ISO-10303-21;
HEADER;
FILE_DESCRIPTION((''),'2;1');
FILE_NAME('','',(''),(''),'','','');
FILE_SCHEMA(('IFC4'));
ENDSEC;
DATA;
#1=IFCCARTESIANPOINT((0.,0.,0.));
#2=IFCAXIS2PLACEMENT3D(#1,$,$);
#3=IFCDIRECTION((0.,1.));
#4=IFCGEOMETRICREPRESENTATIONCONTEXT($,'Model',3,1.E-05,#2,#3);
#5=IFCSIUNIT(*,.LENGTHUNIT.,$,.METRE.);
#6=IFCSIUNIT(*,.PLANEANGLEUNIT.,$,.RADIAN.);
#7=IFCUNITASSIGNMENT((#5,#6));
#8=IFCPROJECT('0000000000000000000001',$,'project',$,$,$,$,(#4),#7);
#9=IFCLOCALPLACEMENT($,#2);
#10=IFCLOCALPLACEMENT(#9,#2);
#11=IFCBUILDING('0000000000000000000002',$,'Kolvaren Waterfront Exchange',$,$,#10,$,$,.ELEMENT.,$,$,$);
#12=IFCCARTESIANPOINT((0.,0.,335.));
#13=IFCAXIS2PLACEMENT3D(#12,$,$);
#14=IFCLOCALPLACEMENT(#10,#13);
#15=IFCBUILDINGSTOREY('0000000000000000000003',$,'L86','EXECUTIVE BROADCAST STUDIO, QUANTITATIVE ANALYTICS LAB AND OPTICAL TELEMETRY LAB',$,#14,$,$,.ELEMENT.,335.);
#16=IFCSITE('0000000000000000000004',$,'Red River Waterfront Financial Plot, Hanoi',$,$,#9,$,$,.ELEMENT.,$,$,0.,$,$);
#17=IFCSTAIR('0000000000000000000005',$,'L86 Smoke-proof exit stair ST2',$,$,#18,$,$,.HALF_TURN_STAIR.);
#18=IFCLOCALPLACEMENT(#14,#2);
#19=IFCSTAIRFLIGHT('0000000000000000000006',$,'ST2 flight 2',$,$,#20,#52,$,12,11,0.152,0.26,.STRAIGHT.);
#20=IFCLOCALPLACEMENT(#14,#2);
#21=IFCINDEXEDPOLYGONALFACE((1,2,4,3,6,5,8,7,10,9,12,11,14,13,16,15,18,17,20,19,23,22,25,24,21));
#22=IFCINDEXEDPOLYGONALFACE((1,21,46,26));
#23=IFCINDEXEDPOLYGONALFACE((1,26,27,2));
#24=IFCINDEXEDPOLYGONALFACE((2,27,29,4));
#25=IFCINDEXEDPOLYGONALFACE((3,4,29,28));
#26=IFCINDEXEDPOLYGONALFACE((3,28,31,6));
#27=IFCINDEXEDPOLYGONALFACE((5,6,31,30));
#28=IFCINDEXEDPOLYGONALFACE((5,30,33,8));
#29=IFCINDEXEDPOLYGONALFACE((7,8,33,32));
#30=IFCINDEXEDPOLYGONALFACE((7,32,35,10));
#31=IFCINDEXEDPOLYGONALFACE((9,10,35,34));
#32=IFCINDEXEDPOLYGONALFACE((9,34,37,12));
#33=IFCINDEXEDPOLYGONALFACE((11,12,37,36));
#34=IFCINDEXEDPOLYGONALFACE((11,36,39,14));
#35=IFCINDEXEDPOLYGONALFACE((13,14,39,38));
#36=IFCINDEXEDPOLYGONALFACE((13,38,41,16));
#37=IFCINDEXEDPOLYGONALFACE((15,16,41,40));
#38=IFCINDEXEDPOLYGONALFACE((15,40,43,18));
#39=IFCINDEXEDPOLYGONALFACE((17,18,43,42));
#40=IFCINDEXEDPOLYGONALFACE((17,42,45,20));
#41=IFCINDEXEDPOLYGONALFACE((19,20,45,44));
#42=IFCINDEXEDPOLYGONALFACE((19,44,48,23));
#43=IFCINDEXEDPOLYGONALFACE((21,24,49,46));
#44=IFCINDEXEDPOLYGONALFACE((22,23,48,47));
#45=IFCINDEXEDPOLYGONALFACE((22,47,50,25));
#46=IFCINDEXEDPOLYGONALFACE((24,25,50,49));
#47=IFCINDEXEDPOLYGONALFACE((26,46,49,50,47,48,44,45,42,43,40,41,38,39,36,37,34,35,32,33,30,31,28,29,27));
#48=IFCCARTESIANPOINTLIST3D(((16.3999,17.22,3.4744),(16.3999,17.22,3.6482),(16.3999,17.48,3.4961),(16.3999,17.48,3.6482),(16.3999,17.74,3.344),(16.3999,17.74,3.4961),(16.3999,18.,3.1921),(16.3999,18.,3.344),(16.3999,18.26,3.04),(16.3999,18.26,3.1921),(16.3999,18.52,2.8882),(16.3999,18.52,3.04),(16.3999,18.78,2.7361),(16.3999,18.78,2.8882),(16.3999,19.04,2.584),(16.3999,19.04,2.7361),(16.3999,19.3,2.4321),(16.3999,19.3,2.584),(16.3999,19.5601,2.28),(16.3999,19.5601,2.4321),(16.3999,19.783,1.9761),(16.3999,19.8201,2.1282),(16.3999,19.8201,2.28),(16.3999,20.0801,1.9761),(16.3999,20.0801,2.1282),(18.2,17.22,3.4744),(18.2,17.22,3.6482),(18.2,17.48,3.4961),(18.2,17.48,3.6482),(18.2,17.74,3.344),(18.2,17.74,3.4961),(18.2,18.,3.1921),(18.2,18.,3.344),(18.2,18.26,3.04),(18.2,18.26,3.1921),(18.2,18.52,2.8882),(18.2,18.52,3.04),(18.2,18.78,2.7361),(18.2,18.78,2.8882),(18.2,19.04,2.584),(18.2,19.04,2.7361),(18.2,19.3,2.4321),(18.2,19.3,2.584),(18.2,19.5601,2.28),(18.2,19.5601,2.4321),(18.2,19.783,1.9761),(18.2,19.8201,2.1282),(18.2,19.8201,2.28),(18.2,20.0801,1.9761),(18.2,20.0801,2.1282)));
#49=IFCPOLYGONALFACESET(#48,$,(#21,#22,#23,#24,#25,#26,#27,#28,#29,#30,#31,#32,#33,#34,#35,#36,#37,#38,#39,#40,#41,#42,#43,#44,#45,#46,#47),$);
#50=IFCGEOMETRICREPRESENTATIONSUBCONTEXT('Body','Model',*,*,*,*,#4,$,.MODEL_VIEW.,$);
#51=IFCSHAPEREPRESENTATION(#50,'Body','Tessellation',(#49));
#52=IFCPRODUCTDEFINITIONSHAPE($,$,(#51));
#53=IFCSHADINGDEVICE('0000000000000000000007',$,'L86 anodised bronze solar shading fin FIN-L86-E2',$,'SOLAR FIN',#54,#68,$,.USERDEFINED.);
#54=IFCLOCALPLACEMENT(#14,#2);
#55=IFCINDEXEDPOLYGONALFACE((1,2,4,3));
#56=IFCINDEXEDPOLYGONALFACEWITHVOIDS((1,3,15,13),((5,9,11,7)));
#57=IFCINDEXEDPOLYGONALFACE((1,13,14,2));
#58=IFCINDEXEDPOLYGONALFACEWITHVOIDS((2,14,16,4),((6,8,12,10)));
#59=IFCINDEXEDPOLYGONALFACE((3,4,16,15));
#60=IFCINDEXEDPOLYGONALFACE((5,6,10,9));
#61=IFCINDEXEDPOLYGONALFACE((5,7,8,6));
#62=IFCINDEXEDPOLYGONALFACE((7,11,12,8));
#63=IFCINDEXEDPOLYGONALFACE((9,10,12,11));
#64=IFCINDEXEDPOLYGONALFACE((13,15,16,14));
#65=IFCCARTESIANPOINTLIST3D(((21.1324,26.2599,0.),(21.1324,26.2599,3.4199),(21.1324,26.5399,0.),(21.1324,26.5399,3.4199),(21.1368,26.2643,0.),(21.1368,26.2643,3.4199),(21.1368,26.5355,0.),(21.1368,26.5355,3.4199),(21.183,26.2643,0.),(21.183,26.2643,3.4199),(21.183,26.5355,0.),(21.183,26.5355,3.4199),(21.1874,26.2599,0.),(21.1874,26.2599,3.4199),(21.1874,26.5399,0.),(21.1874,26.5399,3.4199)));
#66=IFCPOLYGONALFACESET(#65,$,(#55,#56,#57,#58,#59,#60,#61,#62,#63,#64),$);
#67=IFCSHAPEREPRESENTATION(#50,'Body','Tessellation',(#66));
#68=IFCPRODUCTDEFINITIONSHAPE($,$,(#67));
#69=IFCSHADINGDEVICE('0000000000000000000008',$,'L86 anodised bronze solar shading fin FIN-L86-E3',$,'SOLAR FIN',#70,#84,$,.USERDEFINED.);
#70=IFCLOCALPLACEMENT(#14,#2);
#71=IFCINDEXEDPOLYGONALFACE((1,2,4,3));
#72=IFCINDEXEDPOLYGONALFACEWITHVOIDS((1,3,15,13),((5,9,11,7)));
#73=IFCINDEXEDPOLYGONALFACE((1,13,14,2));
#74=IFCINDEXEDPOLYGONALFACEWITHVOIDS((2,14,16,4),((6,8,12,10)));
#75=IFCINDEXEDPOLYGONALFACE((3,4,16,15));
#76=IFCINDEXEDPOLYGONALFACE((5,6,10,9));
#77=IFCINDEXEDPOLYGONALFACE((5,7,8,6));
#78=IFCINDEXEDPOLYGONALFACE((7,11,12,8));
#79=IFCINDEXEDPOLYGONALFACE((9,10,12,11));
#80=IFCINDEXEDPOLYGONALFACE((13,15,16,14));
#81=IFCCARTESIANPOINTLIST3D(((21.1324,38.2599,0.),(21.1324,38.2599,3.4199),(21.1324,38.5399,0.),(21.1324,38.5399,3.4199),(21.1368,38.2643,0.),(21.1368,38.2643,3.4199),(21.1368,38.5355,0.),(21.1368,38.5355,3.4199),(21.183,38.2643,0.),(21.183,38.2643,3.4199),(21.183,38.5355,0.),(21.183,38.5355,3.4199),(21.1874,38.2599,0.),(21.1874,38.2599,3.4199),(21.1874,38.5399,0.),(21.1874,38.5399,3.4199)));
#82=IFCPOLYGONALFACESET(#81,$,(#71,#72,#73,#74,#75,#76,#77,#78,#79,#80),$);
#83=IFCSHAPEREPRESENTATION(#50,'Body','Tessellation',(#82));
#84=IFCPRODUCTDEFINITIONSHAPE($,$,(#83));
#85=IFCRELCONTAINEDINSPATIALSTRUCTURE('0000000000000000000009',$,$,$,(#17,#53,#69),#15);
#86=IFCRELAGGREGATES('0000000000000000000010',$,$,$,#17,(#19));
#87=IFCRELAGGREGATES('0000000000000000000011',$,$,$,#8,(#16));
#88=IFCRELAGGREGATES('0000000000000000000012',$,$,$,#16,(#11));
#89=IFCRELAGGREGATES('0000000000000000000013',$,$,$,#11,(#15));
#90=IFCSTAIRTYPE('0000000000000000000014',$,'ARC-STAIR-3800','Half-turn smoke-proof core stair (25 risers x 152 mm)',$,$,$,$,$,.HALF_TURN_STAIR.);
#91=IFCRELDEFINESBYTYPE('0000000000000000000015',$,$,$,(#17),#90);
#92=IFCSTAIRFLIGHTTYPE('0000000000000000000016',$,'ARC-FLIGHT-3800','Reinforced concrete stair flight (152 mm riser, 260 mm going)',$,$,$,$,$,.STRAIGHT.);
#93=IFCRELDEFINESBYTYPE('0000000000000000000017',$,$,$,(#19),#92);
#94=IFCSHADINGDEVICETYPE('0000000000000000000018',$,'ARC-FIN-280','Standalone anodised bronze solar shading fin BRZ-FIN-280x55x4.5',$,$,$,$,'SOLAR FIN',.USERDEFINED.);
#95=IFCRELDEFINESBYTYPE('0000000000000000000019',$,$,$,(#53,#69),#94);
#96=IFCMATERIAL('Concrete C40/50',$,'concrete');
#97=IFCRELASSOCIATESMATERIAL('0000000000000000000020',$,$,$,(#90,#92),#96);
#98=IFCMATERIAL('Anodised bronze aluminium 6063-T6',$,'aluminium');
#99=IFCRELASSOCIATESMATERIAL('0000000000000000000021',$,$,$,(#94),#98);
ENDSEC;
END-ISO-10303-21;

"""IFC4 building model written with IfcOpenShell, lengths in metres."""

from ifc_helpers import new_model, si_unit, direction, frame, origin, origin_2d, place, context, subcontext, project, spatial, polyline, hollow_rectangle, outline, extrude, material, material_profile, profile_set, type_object, element, aggregate, save


model = new_model("IFC4")

# Units and contexts
model_context = context("Model", 3, precision=1e-05, world=origin(), true_north=direction((0.0, 1.0)))
body_context = subcontext(model_context, "Body", "Model", "MODEL_VIEW")
ifc_project = project(units=[si_unit("LENGTHUNIT", "METRE"), si_unit("PLANEANGLEUNIT", "RADIAN")], contexts=[model_context])

# Site, building, storey
site_placement = place(None, origin())
site = spatial("IfcSite", under=ifc_project, at=site_placement, Name="Red River Waterfront Financial Plot, Hanoi", CompositionType="ELEMENT", RefElevation=0.0)
building_placement = place(site_placement, origin())
building = spatial("IfcBuilding", under=site, at=building_placement, Name="Kolvaren Waterfront Exchange", CompositionType="ELEMENT")
storey_placement = place(building_placement, frame((0.0, 0.0, 335.0)))
storey = spatial("IfcBuildingStorey", under=building, at=storey_placement, Name="L86", Description="EXECUTIVE BROADCAST STUDIO, QUANTITATIVE ANALYTICS LAB AND OPTICAL TELEMETRY LAB", CompositionType="ELEMENT", Elevation=335.0)

# Shared definitions
ifc_material_1 = material(Name="Anodised bronze aluminium 6063-T6", Category="aluminium")

# Stair, stair flight
ifc_material_2 = material(Name="Concrete C40/50", Category="concrete")
stair_type = type_object("IfcStairType", Name="ARC-STAIR-3800", Description="Half-turn smoke-proof core stair (25 risers x 152 mm)", PredefinedType="HALF_TURN_STAIR", material=ifc_material_2)
stair_placement = place(storey_placement, origin())
stair = element("IfcStair", 1, at=stair_placement, inside=storey, type_object=stair_type, Name="L86 Smoke-proof exit stair ST2", PredefinedType="HALF_TURN_STAIR")
stair_flight_type = type_object("IfcStairFlightType", Name="ARC-FLIGHT-3800", Description="Reinforced concrete stair flight (152 mm riser, 260 mm going)", PredefinedType="STRAIGHT", material=ifc_material_2)
stair_flight_placement = place(storey_placement, frame((17.3, 20.0801, 1.9761), z_axis=(0.0, 0.0, 1.0), x_axis=(0.0, -1.0, 0.0)))
stair_flight = element("IfcStairFlight", 2, at=stair_flight_placement, type_object=stair_flight_type, Name="ST2 flight 2", NumberOfRisers=12, NumberOfTreads=11, PredefinedType="STRAIGHT", RiserHeight=0.152, TreadLength=0.26, context=body_context, shape_type="SweptSolid", body=[
    extrude(outline(polyline([(0.0, 0.0), (0.0, 0.1521), (0.26, 0.1521), (0.26, 0.304), (0.52, 0.304), (0.52, 0.4561), (0.78, 0.4561), (0.78, 0.6079), (1.04, 0.6079), (1.04, 0.76), (1.3, 0.76), (1.3, 0.9121), (1.5601, 0.9121), (1.5601, 1.064), (1.8201, 1.064), (1.8201, 1.2161), (2.0801, 1.2161), (2.0801, 1.3679), (2.3401, 1.3679), (2.3401, 1.52), (2.6001, 1.52), (2.6001, 1.6721), (2.8601, 1.6721), (2.8601, 1.824), (2.8601, 1.4983), (0.2971, 0.0), (0.0, 0.0)])), frame((0.0, 0.8999, 0.0), z_axis=(0.0, -1.0, 0.0), x_axis=(1.0, 0.0, 0.0)), (0.0, 0.0, 1.0), 1.8),
])
aggregate(stair, [stair_flight])

# Shading devices
ifc_material_profile_1 = material_profile(ifc_material_1, hollow_rectangle(XDim=0.0549, YDim=0.28, WallThickness=0.0044, at=origin_2d()), Name="BRZ-FIN-280x55x4.5")
ifc_profile_set_1 = profile_set([ifc_material_profile_1], Name="Anodised bronze aluminium 6063-T6")
shading_device_type = type_object("IfcShadingDeviceType", Name="ARC-FIN-280", Description="Standalone anodised bronze solar shading fin BRZ-FIN-280x55x4.5", ElementType="SOLAR FIN", PredefinedType="USERDEFINED", material=ifc_profile_set_1)
for number, where, z_axis, x_axis, name in (
    (3, (21.1599, 26.3999, 0.0), (0.0, 0.0, 1.0), (1.0, 0.0, 0.0), "L86 anodised bronze solar shading fin FIN-L86-E2"),
    (4, (21.1599, 38.3999, 0.0), (0.0, 0.0, 1.0), (1.0, 0.0, 0.0), "L86 anodised bronze solar shading fin FIN-L86-E3"),
):
    element("IfcShadingDevice", number, at=place(storey_placement, frame(where, z_axis=z_axis, x_axis=x_axis)), inside=storey, type_object=shading_device_type, Name=name, ObjectType="SOLAR FIN", PredefinedType="USERDEFINED", context=body_context, shape_type="SweptSolid", body=[
        extrude(hollow_rectangle(XDim=0.0549, YDim=0.28, WallThickness=0.0044, at=origin_2d()), origin(), (0.0, 0.0, 1.0), 3.4199),
    ])

save(model, "model.ifc")
